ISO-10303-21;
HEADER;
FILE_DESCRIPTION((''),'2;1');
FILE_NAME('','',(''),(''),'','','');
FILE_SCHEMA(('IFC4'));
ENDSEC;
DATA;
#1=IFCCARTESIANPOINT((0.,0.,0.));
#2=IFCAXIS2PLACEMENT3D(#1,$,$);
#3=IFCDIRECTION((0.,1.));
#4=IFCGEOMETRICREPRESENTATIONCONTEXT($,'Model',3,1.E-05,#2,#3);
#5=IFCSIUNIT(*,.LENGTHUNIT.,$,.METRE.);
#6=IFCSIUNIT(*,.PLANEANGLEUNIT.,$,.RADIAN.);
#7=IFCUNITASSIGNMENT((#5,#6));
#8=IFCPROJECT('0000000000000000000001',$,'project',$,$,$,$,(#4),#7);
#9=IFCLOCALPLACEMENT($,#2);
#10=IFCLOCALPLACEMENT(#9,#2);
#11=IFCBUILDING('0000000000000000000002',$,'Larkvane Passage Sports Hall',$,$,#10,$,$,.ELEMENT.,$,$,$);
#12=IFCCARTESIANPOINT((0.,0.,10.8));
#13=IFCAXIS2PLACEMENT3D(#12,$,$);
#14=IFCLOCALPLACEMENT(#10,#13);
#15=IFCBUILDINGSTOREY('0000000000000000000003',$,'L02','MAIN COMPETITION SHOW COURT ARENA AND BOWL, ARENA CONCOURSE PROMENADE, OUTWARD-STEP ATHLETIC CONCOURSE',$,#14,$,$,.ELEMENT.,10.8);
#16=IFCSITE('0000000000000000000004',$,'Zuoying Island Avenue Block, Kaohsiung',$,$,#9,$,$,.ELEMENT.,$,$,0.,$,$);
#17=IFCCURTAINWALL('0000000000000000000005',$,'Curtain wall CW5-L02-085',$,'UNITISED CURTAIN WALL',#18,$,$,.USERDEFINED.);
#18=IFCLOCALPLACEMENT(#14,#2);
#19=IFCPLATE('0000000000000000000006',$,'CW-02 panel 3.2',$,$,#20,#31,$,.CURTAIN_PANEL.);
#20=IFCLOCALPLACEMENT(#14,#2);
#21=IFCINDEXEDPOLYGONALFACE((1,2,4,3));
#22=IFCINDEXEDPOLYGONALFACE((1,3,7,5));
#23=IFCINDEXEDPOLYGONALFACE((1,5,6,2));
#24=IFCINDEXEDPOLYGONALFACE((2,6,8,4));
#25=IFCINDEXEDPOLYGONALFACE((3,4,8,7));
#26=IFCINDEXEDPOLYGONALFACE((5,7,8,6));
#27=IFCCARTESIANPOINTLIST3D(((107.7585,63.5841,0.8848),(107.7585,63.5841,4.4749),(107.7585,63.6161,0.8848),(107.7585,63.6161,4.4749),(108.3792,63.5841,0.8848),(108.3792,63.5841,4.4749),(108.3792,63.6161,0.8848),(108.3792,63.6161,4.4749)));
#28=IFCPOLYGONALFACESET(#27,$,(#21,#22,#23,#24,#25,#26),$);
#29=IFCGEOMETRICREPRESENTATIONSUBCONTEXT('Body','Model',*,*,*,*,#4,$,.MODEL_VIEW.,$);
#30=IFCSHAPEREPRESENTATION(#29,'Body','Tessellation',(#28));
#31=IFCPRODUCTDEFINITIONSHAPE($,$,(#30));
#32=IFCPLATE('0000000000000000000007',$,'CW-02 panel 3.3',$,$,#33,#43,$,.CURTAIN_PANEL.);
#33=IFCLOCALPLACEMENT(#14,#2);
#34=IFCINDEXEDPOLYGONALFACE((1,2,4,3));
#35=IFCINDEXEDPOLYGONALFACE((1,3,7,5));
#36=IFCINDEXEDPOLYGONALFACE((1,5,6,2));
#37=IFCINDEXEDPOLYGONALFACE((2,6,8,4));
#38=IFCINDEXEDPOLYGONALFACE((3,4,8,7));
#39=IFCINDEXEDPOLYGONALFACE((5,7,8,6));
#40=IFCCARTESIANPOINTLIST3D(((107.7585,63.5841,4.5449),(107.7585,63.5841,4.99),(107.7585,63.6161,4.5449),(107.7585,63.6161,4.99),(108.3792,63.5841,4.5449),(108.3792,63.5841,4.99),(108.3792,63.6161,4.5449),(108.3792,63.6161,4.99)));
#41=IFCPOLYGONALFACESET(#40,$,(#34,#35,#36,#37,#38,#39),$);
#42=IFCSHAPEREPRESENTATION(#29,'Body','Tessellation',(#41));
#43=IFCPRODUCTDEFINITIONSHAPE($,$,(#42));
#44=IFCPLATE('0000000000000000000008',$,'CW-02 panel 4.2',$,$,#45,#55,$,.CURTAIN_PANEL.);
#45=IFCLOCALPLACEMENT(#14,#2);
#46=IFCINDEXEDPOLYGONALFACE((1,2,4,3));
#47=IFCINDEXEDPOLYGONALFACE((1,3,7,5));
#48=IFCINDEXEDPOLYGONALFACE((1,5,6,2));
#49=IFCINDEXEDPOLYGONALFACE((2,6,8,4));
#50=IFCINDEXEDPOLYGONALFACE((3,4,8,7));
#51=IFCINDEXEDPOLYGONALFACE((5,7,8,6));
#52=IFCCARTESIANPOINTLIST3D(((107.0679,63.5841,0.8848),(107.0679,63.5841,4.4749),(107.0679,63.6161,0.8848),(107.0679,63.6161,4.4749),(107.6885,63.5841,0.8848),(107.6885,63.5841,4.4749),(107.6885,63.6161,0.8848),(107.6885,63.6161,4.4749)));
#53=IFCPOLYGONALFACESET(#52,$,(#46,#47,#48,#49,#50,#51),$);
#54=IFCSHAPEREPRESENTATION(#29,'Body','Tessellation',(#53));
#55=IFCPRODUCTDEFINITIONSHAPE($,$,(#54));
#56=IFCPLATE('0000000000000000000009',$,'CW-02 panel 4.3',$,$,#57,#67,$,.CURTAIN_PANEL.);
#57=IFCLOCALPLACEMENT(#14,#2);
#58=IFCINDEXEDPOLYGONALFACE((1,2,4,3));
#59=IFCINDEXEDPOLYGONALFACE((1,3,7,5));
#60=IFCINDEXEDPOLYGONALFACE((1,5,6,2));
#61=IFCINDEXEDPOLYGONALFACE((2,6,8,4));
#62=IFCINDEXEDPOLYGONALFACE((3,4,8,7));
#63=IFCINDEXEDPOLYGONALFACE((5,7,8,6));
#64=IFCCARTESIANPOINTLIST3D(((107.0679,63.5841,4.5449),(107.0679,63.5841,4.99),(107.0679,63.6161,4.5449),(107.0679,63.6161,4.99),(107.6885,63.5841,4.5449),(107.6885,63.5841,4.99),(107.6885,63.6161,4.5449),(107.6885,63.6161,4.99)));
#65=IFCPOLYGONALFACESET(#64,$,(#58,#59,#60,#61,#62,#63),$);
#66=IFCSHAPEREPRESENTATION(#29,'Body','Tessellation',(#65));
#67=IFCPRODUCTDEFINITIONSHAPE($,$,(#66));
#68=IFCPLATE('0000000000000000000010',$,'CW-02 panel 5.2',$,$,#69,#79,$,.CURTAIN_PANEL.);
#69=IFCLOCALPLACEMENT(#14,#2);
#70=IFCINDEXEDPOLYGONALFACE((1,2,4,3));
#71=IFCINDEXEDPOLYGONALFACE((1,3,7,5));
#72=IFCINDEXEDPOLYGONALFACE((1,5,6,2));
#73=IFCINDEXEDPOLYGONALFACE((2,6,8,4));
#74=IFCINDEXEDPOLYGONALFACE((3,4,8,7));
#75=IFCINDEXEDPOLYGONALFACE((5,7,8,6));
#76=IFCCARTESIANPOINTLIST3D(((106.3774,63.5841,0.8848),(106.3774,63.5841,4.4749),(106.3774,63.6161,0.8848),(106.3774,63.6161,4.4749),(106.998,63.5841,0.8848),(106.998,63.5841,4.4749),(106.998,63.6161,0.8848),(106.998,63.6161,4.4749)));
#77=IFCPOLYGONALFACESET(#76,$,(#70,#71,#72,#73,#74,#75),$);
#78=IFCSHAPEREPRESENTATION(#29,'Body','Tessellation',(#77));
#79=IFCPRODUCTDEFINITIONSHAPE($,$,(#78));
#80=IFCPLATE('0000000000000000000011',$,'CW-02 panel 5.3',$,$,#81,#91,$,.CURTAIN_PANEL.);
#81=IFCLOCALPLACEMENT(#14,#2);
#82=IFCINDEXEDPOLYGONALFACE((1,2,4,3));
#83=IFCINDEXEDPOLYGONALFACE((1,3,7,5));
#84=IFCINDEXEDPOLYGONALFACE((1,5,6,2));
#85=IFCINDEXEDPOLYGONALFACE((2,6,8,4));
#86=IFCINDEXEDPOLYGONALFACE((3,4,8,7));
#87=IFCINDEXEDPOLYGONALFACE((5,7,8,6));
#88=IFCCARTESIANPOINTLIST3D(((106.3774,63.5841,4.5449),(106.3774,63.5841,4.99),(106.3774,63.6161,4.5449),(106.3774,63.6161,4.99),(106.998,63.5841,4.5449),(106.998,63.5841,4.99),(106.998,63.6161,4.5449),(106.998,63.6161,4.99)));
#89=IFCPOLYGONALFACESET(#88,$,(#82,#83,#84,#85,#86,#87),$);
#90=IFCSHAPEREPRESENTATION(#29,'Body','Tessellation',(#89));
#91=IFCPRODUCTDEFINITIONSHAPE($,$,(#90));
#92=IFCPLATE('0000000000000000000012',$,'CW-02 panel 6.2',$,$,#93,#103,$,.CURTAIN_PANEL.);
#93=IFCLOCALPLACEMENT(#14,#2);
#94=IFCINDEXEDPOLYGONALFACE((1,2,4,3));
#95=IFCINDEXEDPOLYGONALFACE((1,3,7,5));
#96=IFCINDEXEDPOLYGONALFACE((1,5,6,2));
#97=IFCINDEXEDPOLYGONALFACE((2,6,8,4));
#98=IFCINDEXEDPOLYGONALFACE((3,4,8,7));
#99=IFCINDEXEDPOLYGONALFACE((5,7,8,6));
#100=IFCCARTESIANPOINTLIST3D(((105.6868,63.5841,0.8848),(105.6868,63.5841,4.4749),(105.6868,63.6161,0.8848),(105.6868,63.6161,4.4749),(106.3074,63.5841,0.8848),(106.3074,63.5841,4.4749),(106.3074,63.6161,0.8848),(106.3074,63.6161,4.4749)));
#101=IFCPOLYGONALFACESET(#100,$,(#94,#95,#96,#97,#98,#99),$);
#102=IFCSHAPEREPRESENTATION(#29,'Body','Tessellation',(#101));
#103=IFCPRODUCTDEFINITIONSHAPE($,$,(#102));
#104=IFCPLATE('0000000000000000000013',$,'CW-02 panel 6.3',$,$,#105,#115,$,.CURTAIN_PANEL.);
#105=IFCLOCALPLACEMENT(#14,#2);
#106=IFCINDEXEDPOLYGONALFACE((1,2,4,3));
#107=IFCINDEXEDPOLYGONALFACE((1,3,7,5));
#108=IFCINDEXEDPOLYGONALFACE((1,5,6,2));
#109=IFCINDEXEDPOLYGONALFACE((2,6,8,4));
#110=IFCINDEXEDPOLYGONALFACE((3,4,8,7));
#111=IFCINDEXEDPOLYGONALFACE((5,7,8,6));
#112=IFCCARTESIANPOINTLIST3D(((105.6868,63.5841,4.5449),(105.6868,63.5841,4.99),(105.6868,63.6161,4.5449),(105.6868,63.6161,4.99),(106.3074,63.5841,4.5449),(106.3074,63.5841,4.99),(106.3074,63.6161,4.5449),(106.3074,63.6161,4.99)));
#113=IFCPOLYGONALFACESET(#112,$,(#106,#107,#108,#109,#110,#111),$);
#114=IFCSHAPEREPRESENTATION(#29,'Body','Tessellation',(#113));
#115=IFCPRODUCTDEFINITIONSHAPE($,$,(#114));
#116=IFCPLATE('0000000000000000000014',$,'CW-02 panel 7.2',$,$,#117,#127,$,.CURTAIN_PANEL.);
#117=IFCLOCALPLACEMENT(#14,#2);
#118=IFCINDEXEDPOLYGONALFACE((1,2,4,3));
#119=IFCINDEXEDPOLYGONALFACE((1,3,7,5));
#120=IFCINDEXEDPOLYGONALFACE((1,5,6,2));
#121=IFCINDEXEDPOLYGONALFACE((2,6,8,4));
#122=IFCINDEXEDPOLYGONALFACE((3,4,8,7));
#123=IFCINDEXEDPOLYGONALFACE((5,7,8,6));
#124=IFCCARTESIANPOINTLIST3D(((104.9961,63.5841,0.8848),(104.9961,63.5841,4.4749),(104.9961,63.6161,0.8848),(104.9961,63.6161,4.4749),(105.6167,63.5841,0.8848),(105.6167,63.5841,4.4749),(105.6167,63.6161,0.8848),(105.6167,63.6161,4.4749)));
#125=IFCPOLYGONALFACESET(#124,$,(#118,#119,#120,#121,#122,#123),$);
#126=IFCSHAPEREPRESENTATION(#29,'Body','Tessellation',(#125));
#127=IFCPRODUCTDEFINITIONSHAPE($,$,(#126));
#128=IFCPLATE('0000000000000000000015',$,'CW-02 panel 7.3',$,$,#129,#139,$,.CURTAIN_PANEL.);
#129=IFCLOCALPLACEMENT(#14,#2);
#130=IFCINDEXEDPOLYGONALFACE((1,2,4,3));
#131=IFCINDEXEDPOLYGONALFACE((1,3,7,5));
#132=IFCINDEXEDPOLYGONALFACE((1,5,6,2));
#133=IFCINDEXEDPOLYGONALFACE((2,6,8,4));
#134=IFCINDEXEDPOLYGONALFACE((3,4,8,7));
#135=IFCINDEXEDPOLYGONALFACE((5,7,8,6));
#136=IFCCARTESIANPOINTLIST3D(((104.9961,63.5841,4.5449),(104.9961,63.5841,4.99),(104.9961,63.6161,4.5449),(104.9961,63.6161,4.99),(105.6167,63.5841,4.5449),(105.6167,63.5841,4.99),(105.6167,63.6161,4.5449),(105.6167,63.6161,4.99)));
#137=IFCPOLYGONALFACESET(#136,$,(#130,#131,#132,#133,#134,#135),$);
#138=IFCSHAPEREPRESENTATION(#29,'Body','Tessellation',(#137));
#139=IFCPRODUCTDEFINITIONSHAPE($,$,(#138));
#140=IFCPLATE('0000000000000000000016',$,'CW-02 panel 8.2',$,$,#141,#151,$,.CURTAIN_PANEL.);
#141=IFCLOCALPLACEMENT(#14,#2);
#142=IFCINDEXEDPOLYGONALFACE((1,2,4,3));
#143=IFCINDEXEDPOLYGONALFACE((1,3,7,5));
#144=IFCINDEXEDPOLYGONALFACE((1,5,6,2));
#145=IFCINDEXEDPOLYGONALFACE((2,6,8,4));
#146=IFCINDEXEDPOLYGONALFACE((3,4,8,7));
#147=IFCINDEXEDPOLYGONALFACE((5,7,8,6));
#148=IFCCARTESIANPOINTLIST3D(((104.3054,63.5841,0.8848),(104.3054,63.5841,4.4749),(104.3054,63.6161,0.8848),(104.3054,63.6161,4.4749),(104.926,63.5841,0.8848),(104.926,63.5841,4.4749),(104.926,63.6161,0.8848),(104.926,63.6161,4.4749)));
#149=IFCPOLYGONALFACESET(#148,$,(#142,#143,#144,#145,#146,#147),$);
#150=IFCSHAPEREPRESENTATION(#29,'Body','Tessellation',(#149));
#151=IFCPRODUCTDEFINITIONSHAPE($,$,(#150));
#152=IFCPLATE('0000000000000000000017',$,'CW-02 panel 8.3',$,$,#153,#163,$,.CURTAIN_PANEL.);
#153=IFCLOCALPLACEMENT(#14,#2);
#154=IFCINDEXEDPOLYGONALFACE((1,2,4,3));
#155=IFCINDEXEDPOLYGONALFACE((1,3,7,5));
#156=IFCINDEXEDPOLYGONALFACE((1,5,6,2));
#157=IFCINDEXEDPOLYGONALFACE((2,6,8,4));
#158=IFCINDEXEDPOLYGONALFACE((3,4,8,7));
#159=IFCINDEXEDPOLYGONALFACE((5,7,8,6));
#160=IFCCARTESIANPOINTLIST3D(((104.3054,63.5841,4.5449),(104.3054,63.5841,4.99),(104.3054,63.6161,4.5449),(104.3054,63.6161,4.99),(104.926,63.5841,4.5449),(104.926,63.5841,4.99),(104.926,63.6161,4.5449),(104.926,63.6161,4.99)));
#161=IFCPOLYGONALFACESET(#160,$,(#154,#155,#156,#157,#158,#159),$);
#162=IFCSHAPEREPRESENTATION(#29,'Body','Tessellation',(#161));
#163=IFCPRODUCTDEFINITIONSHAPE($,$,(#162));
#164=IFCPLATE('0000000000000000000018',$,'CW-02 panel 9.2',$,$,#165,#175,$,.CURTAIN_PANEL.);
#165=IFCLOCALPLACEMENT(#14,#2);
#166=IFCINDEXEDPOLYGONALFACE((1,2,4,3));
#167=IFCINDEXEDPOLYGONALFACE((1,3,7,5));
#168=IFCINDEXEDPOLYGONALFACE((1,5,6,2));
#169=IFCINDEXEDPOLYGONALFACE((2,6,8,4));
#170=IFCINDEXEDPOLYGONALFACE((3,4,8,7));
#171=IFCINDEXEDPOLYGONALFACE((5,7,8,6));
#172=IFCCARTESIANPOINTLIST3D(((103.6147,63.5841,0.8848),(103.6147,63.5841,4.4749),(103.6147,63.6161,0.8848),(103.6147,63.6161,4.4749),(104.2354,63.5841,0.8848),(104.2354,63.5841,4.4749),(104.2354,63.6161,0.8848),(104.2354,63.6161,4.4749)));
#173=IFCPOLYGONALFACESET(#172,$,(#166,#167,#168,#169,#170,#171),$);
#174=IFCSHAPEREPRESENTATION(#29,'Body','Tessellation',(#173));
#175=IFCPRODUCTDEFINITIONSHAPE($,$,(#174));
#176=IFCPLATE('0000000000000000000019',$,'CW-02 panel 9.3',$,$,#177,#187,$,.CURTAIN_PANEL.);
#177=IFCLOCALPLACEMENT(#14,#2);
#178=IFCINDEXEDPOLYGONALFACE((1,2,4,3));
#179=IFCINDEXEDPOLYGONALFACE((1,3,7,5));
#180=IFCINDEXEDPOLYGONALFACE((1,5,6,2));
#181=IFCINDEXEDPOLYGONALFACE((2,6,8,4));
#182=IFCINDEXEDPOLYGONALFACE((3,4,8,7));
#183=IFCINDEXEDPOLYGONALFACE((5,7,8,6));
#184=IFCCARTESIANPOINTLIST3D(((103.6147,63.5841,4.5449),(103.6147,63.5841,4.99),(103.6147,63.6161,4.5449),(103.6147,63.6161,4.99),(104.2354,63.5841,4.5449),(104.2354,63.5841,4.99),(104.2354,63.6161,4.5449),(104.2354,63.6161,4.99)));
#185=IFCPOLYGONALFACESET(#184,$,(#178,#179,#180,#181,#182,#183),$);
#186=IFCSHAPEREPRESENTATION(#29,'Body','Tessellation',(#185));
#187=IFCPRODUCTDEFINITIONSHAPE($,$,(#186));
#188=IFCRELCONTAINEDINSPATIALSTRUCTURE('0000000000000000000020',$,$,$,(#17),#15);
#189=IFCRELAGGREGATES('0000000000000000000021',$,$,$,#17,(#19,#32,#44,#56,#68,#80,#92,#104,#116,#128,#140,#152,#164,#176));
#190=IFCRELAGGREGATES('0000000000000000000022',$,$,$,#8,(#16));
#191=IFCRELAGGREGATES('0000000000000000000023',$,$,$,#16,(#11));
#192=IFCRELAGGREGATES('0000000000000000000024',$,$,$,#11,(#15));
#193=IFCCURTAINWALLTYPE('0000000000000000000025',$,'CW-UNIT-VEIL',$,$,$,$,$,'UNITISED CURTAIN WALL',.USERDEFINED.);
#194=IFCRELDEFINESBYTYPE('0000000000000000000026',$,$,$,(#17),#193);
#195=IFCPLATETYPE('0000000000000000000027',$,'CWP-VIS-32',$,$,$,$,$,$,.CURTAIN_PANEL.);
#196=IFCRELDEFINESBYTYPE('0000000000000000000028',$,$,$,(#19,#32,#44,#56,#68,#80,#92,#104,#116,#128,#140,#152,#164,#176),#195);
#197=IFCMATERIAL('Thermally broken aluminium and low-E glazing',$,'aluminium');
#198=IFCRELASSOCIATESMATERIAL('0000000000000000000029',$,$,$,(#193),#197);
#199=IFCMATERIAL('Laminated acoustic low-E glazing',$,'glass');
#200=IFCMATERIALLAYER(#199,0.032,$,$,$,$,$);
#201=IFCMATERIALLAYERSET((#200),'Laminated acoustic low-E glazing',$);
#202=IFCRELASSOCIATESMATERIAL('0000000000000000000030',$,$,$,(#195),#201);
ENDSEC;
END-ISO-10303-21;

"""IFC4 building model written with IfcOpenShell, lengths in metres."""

from ifc_helpers import new_model, si_unit, direction, frame, origin, origin_2d, place, context, subcontext, project, spatial, rectangle, extrude, material, layer, layer_set, type_object, element, aggregate, save


model = new_model("IFC4")

# Units and contexts
model_context = context("Model", 3, precision=1e-05, world=origin(), true_north=direction((0.0, 1.0)))
body_context = subcontext(model_context, "Body", "Model", "MODEL_VIEW")
ifc_project = project(units=[si_unit("LENGTHUNIT", "METRE"), si_unit("PLANEANGLEUNIT", "RADIAN")], contexts=[model_context])

# Site, building, storey
site_placement = place(None, origin())
site = spatial("IfcSite", under=ifc_project, at=site_placement, Name="Zuoying Island Avenue Block, Kaohsiung", CompositionType="ELEMENT", RefElevation=0.0)
building_placement = place(site_placement, origin())
building = spatial("IfcBuilding", under=site, at=building_placement, Name="Larkvane Passage Sports Hall", CompositionType="ELEMENT")
storey_placement = place(building_placement, frame((0.0, 0.0, 10.8)))
storey = spatial("IfcBuildingStorey", under=building, at=storey_placement, Name="L02", Description="MAIN COMPETITION SHOW COURT ARENA AND BOWL, ARENA CONCOURSE PROMENADE, OUTWARD-STEP ATHLETIC CONCOURSE", CompositionType="ELEMENT", Elevation=10.8)

# Curtain wall, plates
ifc_material_1 = material(Name="Thermally broken aluminium and low-E glazing", Category="aluminium")
curtain_wall_type = type_object("IfcCurtainWallType", Name="CW-UNIT-VEIL", ElementType="UNITISED CURTAIN WALL", PredefinedType="USERDEFINED", material=ifc_material_1)
curtain_wall_placement = place(storey_placement, origin())
curtain_wall = element("IfcCurtainWall", 1, at=curtain_wall_placement, inside=storey, type_object=curtain_wall_type, Name="Curtain wall CW5-L02-085", ObjectType="UNITISED CURTAIN WALL", PredefinedType="USERDEFINED")
ifc_material_2 = material(Name="Laminated acoustic low-E glazing", Category="glass")
ifc_layer = layer(ifc_material_2, 0.032)
ifc_layer_set = layer_set([ifc_layer], Name="Laminated acoustic low-E glazing")
plate_type = type_object("IfcPlateType", Name="CWP-VIS-32", PredefinedType="CURTAIN_PANEL", material=ifc_layer_set)
plate_1_placement = place(storey_placement, frame((108.0688, 63.6001, 0.8848), z_axis=(0.0, 0.0, 1.0), x_axis=(-1.0, 0.0, 0.0)))
plate_1 = element("IfcPlate", 2, at=plate_1_placement, type_object=plate_type, Name="CW-02 panel 3.2", PredefinedType="CURTAIN_PANEL", context=body_context, shape_type="SweptSolid", body=[
    extrude(rectangle(XDim=0.6206, YDim=0.032, at=origin_2d()), origin(), (0.0, 0.0, 1.0), 3.5901),
])
plate_2_placement = place(storey_placement, frame((108.0688, 63.6001, 4.5449), z_axis=(0.0, 0.0, 1.0), x_axis=(-1.0, 0.0, 0.0)))
plate_2 = element("IfcPlate", 3, at=plate_2_placement, type_object=plate_type, Name="CW-02 panel 3.3", PredefinedType="CURTAIN_PANEL", context=body_context, shape_type="SweptSolid", body=[
    extrude(rectangle(XDim=0.6206, YDim=0.032, at=origin_2d()), origin(), (0.0, 0.0, 1.0), 0.4451),
])
plate_3_placement = place(storey_placement, frame((107.3782, 63.6001, 0.8848), z_axis=(0.0, 0.0, 1.0), x_axis=(-1.0, 0.0, 0.0)))
plate_3 = element("IfcPlate", 4, at=plate_3_placement, type_object=plate_type, Name="CW-02 panel 4.2", PredefinedType="CURTAIN_PANEL", context=body_context, shape_type="SweptSolid", body=[
    extrude(rectangle(XDim=0.6206, YDim=0.032, at=origin_2d()), origin(), (0.0, 0.0, 1.0), 3.5901),
])
plate_4_placement = place(storey_placement, frame((107.3782, 63.6001, 4.5449), z_axis=(0.0, 0.0, 1.0), x_axis=(-1.0, 0.0, 0.0)))
plate_4 = element("IfcPlate", 5, at=plate_4_placement, type_object=plate_type, Name="CW-02 panel 4.3", PredefinedType="CURTAIN_PANEL", context=body_context, shape_type="SweptSolid", body=[
    extrude(rectangle(XDim=0.6206, YDim=0.032, at=origin_2d()), origin(), (0.0, 0.0, 1.0), 0.4451),
])
plate_5_placement = place(storey_placement, frame((106.6877, 63.6001, 0.8848), z_axis=(0.0, 0.0, 1.0), x_axis=(-1.0, 0.0, 0.0)))
plate_5 = element("IfcPlate", 6, at=plate_5_placement, type_object=plate_type, Name="CW-02 panel 5.2", PredefinedType="CURTAIN_PANEL", context=body_context, shape_type="SweptSolid", body=[
    extrude(rectangle(XDim=0.6206, YDim=0.032, at=origin_2d()), origin(), (0.0, 0.0, 1.0), 3.5901),
])
plate_6_placement = place(storey_placement, frame((106.6877, 63.6001, 4.5449), z_axis=(0.0, 0.0, 1.0), x_axis=(-1.0, 0.0, 0.0)))
plate_6 = element("IfcPlate", 7, at=plate_6_placement, type_object=plate_type, Name="CW-02 panel 5.3", PredefinedType="CURTAIN_PANEL", context=body_context, shape_type="SweptSolid", body=[
    extrude(rectangle(XDim=0.6206, YDim=0.032, at=origin_2d()), origin(), (0.0, 0.0, 1.0), 0.4451),
])
plate_7_placement = place(storey_placement, frame((105.9971, 63.6001, 0.8848), z_axis=(0.0, 0.0, 1.0), x_axis=(-1.0, 0.0, 0.0)))
plate_7 = element("IfcPlate", 8, at=plate_7_placement, type_object=plate_type, Name="CW-02 panel 6.2", PredefinedType="CURTAIN_PANEL", context=body_context, shape_type="SweptSolid", body=[
    extrude(rectangle(XDim=0.6206, YDim=0.032, at=origin_2d()), origin(), (0.0, 0.0, 1.0), 3.5901),
])
plate_8_placement = place(storey_placement, frame((105.9971, 63.6001, 4.5449), z_axis=(0.0, 0.0, 1.0), x_axis=(-1.0, 0.0, 0.0)))
plate_8 = element("IfcPlate", 9, at=plate_8_placement, type_object=plate_type, Name="CW-02 panel 6.3", PredefinedType="CURTAIN_PANEL", context=body_context, shape_type="SweptSolid", body=[
    extrude(rectangle(XDim=0.6206, YDim=0.032, at=origin_2d()), origin(), (0.0, 0.0, 1.0), 0.4451),
])
plate_9_placement = place(storey_placement, frame((105.3064, 63.6001, 0.8848), z_axis=(0.0, 0.0, 1.0), x_axis=(-1.0, 0.0, 0.0)))
plate_9 = element("IfcPlate", 10, at=plate_9_placement, type_object=plate_type, Name="CW-02 panel 7.2", PredefinedType="CURTAIN_PANEL", context=body_context, shape_type="SweptSolid", body=[
    extrude(rectangle(XDim=0.6206, YDim=0.032, at=origin_2d()), origin(), (0.0, 0.0, 1.0), 3.5901),
])
plate_10_placement = place(storey_placement, frame((105.3064, 63.6001, 4.5449), z_axis=(0.0, 0.0, 1.0), x_axis=(-1.0, 0.0, 0.0)))
plate_10 = element("IfcPlate", 11, at=plate_10_placement, type_object=plate_type, Name="CW-02 panel 7.3", PredefinedType="CURTAIN_PANEL", context=body_context, shape_type="SweptSolid", body=[
    extrude(rectangle(XDim=0.6206, YDim=0.032, at=origin_2d()), origin(), (0.0, 0.0, 1.0), 0.4451),
])
plate_11_placement = place(storey_placement, frame((104.6157, 63.6001, 0.8848), z_axis=(0.0, 0.0, 1.0), x_axis=(-1.0, 0.0, 0.0)))
plate_11 = element("IfcPlate", 12, at=plate_11_placement, type_object=plate_type, Name="CW-02 panel 8.2", PredefinedType="CURTAIN_PANEL", context=body_context, shape_type="SweptSolid", body=[
    extrude(rectangle(XDim=0.6206, YDim=0.032, at=origin_2d()), origin(), (0.0, 0.0, 1.0), 3.5901),
])
plate_12_placement = place(storey_placement, frame((104.6157, 63.6001, 4.5449), z_axis=(0.0, 0.0, 1.0), x_axis=(-1.0, 0.0, 0.0)))
plate_12 = element("IfcPlate", 13, at=plate_12_placement, type_object=plate_type, Name="CW-02 panel 8.3", PredefinedType="CURTAIN_PANEL", context=body_context, shape_type="SweptSolid", body=[
    extrude(rectangle(XDim=0.6206, YDim=0.032, at=origin_2d()), origin(), (0.0, 0.0, 1.0), 0.4451),
])
plate_13_placement = place(storey_placement, frame((103.925, 63.6001, 0.8848), z_axis=(0.0, 0.0, 1.0), x_axis=(-1.0, 0.0, 0.0)))
plate_13 = element("IfcPlate", 14, at=plate_13_placement, type_object=plate_type, Name="CW-02 panel 9.2", PredefinedType="CURTAIN_PANEL", context=body_context, shape_type="SweptSolid", body=[
    extrude(rectangle(XDim=0.6206, YDim=0.032, at=origin_2d()), origin(), (0.0, 0.0, 1.0), 3.5901),
])
plate_14_placement = place(storey_placement, frame((103.925, 63.6001, 4.5449), z_axis=(0.0, 0.0, 1.0), x_axis=(-1.0, 0.0, 0.0)))
plate_14 = element("IfcPlate", 15, at=plate_14_placement, type_object=plate_type, Name="CW-02 panel 9.3", PredefinedType="CURTAIN_PANEL", context=body_context, shape_type="SweptSolid", body=[
    extrude(rectangle(XDim=0.6206, YDim=0.032, at=origin_2d()), origin(), (0.0, 0.0, 1.0), 0.4451),
])
aggregate(curtain_wall, [plate_1, plate_2, plate_3, plate_4, plate_5, plate_6, plate_7, plate_8, plate_9, plate_10, plate_11, plate_12, plate_13, plate_14])

save(model, "model.ifc")
